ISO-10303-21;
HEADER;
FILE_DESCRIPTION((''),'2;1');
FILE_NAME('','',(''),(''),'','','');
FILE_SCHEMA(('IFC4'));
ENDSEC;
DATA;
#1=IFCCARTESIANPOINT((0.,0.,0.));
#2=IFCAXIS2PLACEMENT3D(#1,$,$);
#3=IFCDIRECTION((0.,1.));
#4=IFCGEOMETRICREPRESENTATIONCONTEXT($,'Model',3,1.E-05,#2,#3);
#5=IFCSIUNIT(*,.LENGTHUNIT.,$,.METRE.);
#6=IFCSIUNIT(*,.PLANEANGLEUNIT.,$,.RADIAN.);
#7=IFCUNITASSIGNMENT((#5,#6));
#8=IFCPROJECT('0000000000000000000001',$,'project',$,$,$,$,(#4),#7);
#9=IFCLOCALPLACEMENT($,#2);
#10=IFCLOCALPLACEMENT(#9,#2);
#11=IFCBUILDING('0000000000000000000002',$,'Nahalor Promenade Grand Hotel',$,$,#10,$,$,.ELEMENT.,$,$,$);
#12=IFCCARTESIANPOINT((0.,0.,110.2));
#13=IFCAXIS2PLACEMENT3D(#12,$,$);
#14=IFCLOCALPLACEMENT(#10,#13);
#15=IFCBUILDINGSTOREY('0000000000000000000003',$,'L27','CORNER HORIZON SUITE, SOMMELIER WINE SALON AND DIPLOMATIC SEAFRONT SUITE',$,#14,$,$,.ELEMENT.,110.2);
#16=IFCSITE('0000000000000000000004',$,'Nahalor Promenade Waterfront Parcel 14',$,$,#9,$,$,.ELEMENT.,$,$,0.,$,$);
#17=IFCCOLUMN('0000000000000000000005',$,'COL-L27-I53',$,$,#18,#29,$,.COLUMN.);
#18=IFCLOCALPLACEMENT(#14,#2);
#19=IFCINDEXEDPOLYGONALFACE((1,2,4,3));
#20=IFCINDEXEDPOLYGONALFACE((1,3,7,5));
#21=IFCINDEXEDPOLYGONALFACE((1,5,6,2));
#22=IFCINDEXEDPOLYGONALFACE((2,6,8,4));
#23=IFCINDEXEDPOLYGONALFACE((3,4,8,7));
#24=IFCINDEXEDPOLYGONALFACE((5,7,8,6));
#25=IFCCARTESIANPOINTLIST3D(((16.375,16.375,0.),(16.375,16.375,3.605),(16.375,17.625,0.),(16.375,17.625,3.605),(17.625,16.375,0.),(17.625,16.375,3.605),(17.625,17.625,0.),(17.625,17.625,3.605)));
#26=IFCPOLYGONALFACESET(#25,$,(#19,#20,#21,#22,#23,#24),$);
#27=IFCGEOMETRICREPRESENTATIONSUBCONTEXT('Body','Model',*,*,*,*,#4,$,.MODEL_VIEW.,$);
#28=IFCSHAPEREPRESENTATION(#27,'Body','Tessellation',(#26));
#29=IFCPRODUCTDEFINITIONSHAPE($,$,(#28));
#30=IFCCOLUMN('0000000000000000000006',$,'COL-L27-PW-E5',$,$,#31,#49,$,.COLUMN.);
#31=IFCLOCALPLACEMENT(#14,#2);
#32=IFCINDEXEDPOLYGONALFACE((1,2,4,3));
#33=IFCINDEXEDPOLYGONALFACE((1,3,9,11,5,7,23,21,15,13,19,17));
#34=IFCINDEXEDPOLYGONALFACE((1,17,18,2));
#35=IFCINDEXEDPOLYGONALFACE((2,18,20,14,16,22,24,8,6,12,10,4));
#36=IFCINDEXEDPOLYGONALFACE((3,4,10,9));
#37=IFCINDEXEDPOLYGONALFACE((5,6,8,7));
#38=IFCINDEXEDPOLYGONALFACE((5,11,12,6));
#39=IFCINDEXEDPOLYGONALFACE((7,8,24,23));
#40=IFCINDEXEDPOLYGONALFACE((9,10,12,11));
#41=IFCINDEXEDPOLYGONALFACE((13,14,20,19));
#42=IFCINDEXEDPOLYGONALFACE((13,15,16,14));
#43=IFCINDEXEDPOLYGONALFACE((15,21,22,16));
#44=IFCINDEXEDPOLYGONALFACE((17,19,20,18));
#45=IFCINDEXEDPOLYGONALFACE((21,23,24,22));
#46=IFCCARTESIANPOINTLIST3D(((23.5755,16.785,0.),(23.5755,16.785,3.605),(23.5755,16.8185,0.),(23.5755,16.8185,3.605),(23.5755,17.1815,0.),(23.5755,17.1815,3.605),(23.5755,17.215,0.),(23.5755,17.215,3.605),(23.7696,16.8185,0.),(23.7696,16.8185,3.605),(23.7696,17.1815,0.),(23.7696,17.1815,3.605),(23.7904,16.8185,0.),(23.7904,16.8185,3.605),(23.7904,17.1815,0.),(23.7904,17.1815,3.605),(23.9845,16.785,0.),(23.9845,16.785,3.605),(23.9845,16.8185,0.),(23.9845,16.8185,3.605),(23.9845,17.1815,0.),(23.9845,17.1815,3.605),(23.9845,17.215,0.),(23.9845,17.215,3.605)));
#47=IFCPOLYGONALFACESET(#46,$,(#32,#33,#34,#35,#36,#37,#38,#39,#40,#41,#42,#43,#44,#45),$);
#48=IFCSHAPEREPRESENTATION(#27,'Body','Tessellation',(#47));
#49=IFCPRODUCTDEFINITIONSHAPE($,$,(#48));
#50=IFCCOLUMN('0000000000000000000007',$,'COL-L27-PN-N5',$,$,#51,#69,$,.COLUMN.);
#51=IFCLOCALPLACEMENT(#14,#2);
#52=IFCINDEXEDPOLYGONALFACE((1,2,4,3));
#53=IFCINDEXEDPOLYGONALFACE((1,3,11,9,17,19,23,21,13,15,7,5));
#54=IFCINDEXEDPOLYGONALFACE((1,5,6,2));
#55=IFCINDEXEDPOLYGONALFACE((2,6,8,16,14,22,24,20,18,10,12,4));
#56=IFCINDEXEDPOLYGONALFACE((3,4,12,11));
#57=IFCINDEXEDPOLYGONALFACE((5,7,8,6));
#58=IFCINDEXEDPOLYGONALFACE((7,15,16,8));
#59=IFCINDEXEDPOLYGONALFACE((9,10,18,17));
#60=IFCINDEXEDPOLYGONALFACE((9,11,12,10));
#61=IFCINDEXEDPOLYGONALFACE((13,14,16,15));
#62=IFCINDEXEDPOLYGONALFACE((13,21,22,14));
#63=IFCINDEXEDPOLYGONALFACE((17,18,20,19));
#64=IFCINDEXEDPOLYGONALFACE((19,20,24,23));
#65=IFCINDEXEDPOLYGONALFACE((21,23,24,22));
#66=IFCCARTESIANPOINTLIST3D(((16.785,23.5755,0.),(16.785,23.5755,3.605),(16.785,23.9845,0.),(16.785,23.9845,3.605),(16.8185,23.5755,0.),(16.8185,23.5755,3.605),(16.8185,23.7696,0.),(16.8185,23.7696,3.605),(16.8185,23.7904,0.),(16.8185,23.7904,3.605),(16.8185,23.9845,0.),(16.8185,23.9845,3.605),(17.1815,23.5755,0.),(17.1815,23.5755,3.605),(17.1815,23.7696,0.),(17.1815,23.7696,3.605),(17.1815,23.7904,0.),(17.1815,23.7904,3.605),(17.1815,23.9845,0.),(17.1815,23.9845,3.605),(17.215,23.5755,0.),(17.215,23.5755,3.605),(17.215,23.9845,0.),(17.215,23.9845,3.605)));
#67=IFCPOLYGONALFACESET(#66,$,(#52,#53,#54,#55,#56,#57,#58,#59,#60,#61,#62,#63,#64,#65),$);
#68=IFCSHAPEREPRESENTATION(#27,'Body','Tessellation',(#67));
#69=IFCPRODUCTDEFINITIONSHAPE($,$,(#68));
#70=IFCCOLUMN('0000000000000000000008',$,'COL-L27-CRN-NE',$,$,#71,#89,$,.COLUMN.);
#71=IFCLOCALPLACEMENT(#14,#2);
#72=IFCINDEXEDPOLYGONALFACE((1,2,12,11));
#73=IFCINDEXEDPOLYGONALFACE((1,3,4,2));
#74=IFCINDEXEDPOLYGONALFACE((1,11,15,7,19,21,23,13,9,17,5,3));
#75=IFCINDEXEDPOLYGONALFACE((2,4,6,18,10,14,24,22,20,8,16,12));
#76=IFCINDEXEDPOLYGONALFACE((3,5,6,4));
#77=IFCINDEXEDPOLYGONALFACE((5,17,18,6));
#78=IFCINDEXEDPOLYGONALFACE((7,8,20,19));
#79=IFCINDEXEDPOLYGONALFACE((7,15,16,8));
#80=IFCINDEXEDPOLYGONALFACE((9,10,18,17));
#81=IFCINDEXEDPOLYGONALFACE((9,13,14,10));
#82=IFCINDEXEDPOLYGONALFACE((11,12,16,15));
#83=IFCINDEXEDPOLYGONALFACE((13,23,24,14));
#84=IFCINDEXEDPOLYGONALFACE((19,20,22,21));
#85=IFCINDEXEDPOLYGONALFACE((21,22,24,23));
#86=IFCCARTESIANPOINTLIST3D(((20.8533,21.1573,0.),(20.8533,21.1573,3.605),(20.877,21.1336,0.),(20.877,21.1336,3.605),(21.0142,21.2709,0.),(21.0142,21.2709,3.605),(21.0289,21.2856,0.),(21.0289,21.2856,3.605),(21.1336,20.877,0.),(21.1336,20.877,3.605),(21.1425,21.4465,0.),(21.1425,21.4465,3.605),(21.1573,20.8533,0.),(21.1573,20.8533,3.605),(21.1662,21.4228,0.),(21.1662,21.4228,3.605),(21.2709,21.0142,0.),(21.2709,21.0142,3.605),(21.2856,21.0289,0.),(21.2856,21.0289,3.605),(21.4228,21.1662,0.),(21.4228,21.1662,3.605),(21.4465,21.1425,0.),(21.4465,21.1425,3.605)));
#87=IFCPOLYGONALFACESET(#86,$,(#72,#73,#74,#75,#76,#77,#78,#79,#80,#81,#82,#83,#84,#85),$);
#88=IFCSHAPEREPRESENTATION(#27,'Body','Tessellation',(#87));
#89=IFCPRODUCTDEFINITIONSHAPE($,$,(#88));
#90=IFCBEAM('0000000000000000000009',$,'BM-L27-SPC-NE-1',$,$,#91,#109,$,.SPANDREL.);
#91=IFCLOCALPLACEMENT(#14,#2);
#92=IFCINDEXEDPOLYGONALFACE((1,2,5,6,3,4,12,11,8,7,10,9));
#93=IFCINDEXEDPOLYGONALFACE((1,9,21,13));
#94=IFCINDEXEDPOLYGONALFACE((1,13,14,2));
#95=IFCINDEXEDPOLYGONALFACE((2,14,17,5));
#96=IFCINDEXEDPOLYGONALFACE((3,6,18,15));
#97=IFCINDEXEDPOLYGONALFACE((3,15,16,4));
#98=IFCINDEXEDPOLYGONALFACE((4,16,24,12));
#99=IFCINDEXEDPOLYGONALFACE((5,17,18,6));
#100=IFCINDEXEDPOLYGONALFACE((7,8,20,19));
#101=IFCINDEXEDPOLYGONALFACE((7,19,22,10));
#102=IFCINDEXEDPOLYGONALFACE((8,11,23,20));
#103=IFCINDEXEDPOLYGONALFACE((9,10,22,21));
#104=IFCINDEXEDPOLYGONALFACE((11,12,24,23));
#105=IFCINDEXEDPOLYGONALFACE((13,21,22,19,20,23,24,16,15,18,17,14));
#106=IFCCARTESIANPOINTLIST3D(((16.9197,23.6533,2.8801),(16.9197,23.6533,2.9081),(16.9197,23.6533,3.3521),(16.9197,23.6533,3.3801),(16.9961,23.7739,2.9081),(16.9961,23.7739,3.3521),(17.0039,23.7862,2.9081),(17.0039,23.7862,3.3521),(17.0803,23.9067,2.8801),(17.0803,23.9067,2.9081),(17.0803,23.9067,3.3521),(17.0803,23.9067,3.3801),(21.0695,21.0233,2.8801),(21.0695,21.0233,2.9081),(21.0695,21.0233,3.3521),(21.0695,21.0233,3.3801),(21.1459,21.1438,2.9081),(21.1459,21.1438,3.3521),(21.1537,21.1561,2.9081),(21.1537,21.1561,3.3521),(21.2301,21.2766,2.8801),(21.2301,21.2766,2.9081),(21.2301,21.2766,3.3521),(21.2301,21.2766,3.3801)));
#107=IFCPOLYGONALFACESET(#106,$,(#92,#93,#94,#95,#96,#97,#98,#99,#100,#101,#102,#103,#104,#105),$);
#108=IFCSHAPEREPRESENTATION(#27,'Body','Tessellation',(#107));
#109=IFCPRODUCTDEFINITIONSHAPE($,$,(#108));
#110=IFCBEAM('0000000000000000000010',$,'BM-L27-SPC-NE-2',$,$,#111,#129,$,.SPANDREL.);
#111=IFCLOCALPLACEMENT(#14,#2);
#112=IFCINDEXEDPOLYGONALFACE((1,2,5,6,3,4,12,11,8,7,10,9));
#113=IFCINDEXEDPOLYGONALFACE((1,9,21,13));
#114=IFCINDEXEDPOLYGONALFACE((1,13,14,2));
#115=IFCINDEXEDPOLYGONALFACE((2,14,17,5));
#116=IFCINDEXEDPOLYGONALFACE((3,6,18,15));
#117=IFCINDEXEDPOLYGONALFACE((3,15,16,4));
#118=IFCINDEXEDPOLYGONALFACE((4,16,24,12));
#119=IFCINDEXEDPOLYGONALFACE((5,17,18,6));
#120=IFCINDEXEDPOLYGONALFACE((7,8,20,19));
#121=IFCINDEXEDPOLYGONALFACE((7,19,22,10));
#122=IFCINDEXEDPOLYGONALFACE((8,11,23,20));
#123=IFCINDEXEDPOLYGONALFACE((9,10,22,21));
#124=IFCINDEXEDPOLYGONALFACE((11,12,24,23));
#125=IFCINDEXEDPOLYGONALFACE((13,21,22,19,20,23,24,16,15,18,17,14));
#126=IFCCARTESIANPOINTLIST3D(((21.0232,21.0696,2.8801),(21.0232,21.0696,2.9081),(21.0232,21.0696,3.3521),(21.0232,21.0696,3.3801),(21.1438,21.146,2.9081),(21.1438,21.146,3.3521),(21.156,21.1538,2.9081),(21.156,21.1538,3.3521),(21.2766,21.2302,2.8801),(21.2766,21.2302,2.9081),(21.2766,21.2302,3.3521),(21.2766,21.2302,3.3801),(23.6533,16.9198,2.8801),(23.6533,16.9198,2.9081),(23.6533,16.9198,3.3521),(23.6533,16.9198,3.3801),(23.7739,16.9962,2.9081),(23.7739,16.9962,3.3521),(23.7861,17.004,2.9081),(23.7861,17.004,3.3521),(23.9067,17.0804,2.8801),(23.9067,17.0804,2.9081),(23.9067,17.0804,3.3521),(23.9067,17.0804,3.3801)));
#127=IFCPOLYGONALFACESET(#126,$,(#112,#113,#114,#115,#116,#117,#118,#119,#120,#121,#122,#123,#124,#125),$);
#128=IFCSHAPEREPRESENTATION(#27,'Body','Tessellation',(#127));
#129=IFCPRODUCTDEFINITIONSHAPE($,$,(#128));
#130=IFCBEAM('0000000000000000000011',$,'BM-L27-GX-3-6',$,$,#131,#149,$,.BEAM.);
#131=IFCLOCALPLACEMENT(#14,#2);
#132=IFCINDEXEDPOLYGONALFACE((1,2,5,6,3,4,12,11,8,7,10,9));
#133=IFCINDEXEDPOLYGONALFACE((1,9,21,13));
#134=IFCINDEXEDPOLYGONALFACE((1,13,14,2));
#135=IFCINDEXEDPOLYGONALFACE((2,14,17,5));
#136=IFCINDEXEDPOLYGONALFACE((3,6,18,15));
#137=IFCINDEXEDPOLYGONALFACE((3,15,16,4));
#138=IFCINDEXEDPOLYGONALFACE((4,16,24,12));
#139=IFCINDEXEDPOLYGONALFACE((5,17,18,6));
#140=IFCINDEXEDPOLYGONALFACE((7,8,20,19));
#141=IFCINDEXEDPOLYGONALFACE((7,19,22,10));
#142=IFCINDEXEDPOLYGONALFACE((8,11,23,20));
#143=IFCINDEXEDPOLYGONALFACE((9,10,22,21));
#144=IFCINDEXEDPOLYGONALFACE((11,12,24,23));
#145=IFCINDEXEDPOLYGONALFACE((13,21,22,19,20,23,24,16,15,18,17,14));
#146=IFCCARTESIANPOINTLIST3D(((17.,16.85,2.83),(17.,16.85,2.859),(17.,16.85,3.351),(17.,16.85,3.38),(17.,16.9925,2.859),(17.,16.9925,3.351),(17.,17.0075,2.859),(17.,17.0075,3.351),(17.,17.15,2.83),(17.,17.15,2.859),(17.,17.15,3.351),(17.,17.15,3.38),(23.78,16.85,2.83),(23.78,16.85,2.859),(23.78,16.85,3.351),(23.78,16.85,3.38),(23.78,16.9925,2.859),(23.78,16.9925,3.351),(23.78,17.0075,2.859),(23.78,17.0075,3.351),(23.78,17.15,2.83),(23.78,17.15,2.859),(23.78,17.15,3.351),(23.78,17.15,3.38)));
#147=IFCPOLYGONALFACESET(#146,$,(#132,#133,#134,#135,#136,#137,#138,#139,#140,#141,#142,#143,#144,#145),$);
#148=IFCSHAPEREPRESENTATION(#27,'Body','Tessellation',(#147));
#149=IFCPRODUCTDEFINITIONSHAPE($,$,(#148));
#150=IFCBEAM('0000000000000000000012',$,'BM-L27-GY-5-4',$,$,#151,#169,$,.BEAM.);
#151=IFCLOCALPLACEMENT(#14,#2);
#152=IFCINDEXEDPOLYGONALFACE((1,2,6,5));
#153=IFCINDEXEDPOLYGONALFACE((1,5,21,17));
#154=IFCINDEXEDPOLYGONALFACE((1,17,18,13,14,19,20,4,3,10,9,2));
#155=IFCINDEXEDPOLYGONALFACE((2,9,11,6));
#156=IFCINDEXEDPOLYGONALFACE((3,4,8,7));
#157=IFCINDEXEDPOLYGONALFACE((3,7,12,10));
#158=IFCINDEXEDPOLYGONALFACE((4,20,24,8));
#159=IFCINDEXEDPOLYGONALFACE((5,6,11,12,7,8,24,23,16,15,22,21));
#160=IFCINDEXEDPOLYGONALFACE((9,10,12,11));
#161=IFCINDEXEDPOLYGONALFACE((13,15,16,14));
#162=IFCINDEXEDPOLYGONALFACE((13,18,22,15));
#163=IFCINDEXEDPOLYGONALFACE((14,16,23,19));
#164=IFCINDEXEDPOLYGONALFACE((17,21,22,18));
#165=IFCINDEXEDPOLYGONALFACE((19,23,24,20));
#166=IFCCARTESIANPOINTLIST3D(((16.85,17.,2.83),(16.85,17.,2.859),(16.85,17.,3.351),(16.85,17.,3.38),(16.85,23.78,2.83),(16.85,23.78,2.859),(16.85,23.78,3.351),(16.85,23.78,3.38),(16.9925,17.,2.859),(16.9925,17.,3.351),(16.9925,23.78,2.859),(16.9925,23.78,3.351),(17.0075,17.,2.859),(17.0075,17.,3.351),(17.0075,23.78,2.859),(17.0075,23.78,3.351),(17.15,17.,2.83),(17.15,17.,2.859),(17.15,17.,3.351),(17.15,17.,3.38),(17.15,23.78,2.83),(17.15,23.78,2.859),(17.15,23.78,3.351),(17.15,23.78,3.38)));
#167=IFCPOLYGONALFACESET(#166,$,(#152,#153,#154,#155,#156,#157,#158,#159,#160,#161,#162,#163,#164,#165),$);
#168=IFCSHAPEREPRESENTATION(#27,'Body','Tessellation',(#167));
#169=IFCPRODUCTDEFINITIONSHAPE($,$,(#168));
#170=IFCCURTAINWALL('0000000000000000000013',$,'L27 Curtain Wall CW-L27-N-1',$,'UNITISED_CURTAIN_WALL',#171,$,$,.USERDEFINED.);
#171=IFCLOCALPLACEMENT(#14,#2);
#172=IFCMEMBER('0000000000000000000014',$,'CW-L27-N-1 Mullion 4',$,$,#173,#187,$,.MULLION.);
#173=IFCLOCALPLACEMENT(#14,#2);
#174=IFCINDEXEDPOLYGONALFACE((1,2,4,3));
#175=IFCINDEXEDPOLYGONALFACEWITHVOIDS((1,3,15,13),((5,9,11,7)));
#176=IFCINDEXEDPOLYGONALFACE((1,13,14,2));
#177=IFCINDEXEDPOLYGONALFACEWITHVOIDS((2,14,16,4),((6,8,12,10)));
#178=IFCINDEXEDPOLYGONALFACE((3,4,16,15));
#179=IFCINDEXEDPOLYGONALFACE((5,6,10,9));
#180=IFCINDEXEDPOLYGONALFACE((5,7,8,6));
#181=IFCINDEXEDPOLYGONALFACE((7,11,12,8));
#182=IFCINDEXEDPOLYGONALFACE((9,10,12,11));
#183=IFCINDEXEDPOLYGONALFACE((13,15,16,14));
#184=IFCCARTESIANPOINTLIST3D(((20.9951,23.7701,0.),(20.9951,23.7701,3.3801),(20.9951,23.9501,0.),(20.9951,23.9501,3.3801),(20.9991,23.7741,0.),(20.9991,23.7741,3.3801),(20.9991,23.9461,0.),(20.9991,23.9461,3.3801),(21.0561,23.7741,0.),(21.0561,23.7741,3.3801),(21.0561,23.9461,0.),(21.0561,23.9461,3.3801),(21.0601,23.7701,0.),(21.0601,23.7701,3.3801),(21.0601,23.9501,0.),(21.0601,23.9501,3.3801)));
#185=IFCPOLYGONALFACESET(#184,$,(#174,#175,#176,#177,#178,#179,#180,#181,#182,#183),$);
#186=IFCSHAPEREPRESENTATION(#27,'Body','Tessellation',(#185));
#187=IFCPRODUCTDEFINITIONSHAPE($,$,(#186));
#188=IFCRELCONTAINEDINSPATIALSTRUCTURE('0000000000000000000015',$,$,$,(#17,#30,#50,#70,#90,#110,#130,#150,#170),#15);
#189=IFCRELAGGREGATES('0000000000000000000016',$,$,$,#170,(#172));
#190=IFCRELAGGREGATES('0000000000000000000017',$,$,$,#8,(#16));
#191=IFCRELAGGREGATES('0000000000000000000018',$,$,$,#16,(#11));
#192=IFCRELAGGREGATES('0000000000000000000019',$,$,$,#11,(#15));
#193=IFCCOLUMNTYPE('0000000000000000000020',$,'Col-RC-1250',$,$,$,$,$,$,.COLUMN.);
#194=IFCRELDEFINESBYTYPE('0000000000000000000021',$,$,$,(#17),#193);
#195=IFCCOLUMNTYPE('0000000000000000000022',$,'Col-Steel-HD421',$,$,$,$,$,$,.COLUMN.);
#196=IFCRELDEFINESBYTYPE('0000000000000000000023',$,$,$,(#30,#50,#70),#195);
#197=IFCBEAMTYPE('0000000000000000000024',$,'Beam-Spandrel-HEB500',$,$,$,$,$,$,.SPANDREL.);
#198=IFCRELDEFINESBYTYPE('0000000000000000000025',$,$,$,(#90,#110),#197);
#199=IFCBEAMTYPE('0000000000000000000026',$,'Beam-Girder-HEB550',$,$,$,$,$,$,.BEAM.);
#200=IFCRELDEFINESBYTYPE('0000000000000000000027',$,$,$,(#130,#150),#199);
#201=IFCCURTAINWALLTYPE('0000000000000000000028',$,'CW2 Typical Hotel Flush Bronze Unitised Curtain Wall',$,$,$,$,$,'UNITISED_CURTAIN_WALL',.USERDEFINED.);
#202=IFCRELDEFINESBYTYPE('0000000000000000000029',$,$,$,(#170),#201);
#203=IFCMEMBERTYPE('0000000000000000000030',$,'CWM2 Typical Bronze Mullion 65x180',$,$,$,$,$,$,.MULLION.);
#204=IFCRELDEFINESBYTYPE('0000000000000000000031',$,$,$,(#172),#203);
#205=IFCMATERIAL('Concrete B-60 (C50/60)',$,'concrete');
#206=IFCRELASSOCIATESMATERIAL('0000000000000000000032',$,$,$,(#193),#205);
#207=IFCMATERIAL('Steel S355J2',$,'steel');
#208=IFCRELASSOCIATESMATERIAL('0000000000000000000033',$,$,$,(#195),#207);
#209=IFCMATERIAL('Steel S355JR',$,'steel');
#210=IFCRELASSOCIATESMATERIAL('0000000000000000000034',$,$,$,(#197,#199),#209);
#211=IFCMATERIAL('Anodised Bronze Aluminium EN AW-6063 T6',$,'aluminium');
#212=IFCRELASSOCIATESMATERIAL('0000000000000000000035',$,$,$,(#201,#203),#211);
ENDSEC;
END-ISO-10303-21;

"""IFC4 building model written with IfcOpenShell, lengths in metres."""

from ifc_helpers import new_model, si_unit, direction, frame, origin, origin_2d, place, context, subcontext, project, spatial, rectangle, hollow_rectangle, i_section, extrude, source, transform, mapped, material, material_profile, profile_set, type_object, element, aggregate, save


model = new_model("IFC4")

# Units and contexts
model_context = context("Model", 3, precision=1e-05, world=origin(), true_north=direction((0.0, 1.0)))
body_context = subcontext(model_context, "Body", "Model", "MODEL_VIEW")
ifc_project = project(units=[si_unit("LENGTHUNIT", "METRE"), si_unit("PLANEANGLEUNIT", "RADIAN")], contexts=[model_context])

# Site, building, storey
site_placement = place(None, origin())
site = spatial("IfcSite", under=ifc_project, at=site_placement, Name="Nahalor Promenade Waterfront Parcel 14", CompositionType="ELEMENT", RefElevation=0.0)
building_placement = place(site_placement, origin())
building = spatial("IfcBuilding", under=site, at=building_placement, Name="Nahalor Promenade Grand Hotel", CompositionType="ELEMENT")
storey_placement = place(building_placement, frame((0.0, 0.0, 110.2)))
storey = spatial("IfcBuildingStorey", under=building, at=storey_placement, Name="L27", Description="CORNER HORIZON SUITE, SOMMELIER WINE SALON AND DIPLOMATIC SEAFRONT SUITE", CompositionType="ELEMENT", Elevation=110.2)

# Columns
ifc_material_1 = material(Name="Concrete B-60 (C50/60)", Category="concrete")
ifc_material_profile_1 = material_profile(ifc_material_1, rectangle(XDim=1.25, YDim=1.25, at=origin_2d()), Name="RC 1250x1250")
ifc_profile_set_1 = profile_set([ifc_material_profile_1], Name="Concrete B-60 (C50/60)")
column_type_1 = type_object("IfcColumnType", Name="Col-RC-1250", PredefinedType="COLUMN", material=ifc_profile_set_1)
shared_shape_1 = source(origin(), body_context, "Body", "SweptSolid", [
    extrude(rectangle(XDim=1.25, YDim=1.25, at=origin_2d()), origin(), (0.0, 0.0, 1.0), 3.605),
])
column_placement = place(storey_placement, frame((17.0, 17.0, 0.0), z_axis=(0.0, 0.0, 1.0), x_axis=(1.0, 0.0, 0.0)))
element("IfcColumn", 1, at=column_placement, inside=storey, type_object=column_type_1, Name="COL-L27-I53", PredefinedType="COLUMN", context=body_context, shape_type="MappedRepresentation", body=[
    mapped(shared_shape_1, transform((0.0, 0.0, 0.0), scale=1.0)),
])
ifc_material_2 = material(Name="Steel S355J2", Category="steel")
ifc_material_profile_2 = material_profile(ifc_material_2, i_section(OverallWidth=0.409, OverallDepth=0.43, WebThickness=0.0208, FlangeThickness=0.0335, at=origin_2d()), Name="HD 400x421")
ifc_profile_set_2 = profile_set([ifc_material_profile_2], Name="Steel S355J2")
column_type_2 = type_object("IfcColumnType", Name="Col-Steel-HD421", PredefinedType="COLUMN", material=ifc_profile_set_2)
shared_shape_2 = source(origin(), body_context, "Body", "SweptSolid", [
    extrude(i_section(OverallWidth=0.409, OverallDepth=0.43, WebThickness=0.0208, FlangeThickness=0.0335, at=origin_2d()), origin(), (0.0, 0.0, 1.0), 3.605),
])
for number, where, z_axis, x_axis, name in (
    (2, (23.78, 17.0, 0.0), (0.0, 0.0, 1.0), (1.0, 0.0, 0.0), "COL-L27-PW-E5"),
    (3, (17.0, 23.78, 0.0), (0.0, 0.0, 1.0), (0.0, 1.0, 0.0), "COL-L27-PN-N5"),
    (4, (21.1499, 21.1499, 0.0), (0.0, 0.0, 1.0), (0.707107, 0.707107, 0.0), "COL-L27-CRN-NE"),
):
    element("IfcColumn", number, at=place(storey_placement, frame(where, z_axis=z_axis, x_axis=x_axis)), inside=storey, type_object=column_type_2, Name=name, PredefinedType="COLUMN", context=body_context, shape_type="MappedRepresentation", body=[
        mapped(shared_shape_2, transform((0.0, 0.0, 0.0), scale=1.0)),
    ])

# Beams
ifc_material_3 = material(Name="Steel S355JR", Category="steel")
ifc_material_profile_3 = material_profile(ifc_material_3, i_section(OverallWidth=0.3, OverallDepth=0.5, WebThickness=0.0145, FlangeThickness=0.028, at=origin_2d()), Name="HEB 500")
ifc_profile_set_3 = profile_set([ifc_material_profile_3], Name="Steel S355JR")
beam_type_1 = type_object("IfcBeamType", Name="Beam-Spandrel-HEB500", PredefinedType="SPANDREL", material=ifc_profile_set_3)
shared_shape_3 = source(origin(), body_context, "Body", "SweptSolid", [
    extrude(i_section(OverallWidth=0.3, OverallDepth=0.5, WebThickness=0.0145, FlangeThickness=0.028, at=origin_2d()), origin(), (0.0, 0.0, 1.0), 4.9131),
])
for number, where, z_axis, x_axis, name in (
    (5, (17.0, 23.78, 3.1301), (0.844648, -0.535322, 0.0), (0.535322, 0.844648, 0.0), "BM-L27-SPC-NE-1"),
    (6, (21.1499, 21.1499, 3.1301), (0.535322, -0.844648, 0.0), (0.844648, 0.535322, 0.0), "BM-L27-SPC-NE-2"),
):
    element("IfcBeam", number, at=place(storey_placement, frame(where, z_axis=z_axis, x_axis=x_axis)), inside=storey, type_object=beam_type_1, Name=name, PredefinedType="SPANDREL", context=body_context, shape_type="MappedRepresentation", body=[
        mapped(shared_shape_3, transform((0.0, 0.0, 0.0), scale=1.0)),
    ])
ifc_material_profile_4 = material_profile(ifc_material_3, i_section(OverallWidth=0.3, OverallDepth=0.55, WebThickness=0.015, FlangeThickness=0.029, at=origin_2d()), Name="HEB 550")
ifc_profile_set_4 = profile_set([ifc_material_profile_4], Name="Steel S355JR")
beam_type_2 = type_object("IfcBeamType", Name="Beam-Girder-HEB550", PredefinedType="BEAM", material=ifc_profile_set_4)
shared_shape_4 = source(origin(), body_context, "Body", "SweptSolid", [
    extrude(i_section(OverallWidth=0.3, OverallDepth=0.55, WebThickness=0.015, FlangeThickness=0.029, at=origin_2d()), origin(), (0.0, 0.0, 1.0), 6.78),
])
for number, where, z_axis, x_axis, name in (
    (7, (17.0, 17.0, 3.105), (1.0, 0.0, 0.0), (0.0, 1.0, 0.0), "BM-L27-GX-3-6"),
    (8, (17.0, 17.0, 3.105), (0.0, 1.0, 0.0), (-1.0, 0.0, 0.0), "BM-L27-GY-5-4"),
):
    element("IfcBeam", number, at=place(storey_placement, frame(where, z_axis=z_axis, x_axis=x_axis)), inside=storey, type_object=beam_type_2, Name=name, PredefinedType="BEAM", context=body_context, shape_type="MappedRepresentation", body=[
        mapped(shared_shape_4, transform((0.0, 0.0, 0.0), scale=1.0)),
    ])

# Curtain wall, member
ifc_material_4 = material(Name="Anodised Bronze Aluminium EN AW-6063 T6", Category="aluminium")
curtain_wall_type = type_object("IfcCurtainWallType", Name="CW2 Typical Hotel Flush Bronze Unitised Curtain Wall", ElementType="UNITISED_CURTAIN_WALL", PredefinedType="USERDEFINED", material=ifc_material_4)
curtain_wall_1_placement = place(storey_placement, origin())
curtain_wall_1 = element("IfcCurtainWall", 9, at=curtain_wall_1_placement, inside=storey, type_object=curtain_wall_type, Name="L27 Curtain Wall CW-L27-N-1", ObjectType="UNITISED_CURTAIN_WALL", PredefinedType="USERDEFINED")
ifc_material_profile_5 = material_profile(ifc_material_4, hollow_rectangle(XDim=0.065, YDim=0.18, WallThickness=0.004, at=origin_2d()), Name="CWM 65x180x4")
ifc_profile_set_5 = profile_set([ifc_material_profile_5], Name="Anodised Bronze Aluminium EN AW-6063 T6")
member_type = type_object("IfcMemberType", Name="CWM2 Typical Bronze Mullion 65x180", PredefinedType="MULLION", material=ifc_profile_set_5)
shared_shape_5 = source(origin(), body_context, "Body", "SweptSolid", [
    extrude(hollow_rectangle(XDim=0.065, YDim=0.18, WallThickness=0.004, at=origin_2d()), origin(), (0.0, 0.0, 1.0), 3.3801),
])
member_1_placement = place(storey_placement, frame((21.0276, 23.8601, 0.0), z_axis=(0.0, 0.0, 1.0), x_axis=(1.0, 0.0, 0.0)))
member_1 = element("IfcMember", 10, at=member_1_placement, type_object=member_type, Name="CW-L27-N-1 Mullion 4", PredefinedType="MULLION", context=body_context, shape_type="MappedRepresentation", body=[
    mapped(shared_shape_5, transform((0.0, 0.0, 0.0), scale=1.0)),
])

aggregate(curtain_wall_1, [member_1])

save(model, "model.ifc")
